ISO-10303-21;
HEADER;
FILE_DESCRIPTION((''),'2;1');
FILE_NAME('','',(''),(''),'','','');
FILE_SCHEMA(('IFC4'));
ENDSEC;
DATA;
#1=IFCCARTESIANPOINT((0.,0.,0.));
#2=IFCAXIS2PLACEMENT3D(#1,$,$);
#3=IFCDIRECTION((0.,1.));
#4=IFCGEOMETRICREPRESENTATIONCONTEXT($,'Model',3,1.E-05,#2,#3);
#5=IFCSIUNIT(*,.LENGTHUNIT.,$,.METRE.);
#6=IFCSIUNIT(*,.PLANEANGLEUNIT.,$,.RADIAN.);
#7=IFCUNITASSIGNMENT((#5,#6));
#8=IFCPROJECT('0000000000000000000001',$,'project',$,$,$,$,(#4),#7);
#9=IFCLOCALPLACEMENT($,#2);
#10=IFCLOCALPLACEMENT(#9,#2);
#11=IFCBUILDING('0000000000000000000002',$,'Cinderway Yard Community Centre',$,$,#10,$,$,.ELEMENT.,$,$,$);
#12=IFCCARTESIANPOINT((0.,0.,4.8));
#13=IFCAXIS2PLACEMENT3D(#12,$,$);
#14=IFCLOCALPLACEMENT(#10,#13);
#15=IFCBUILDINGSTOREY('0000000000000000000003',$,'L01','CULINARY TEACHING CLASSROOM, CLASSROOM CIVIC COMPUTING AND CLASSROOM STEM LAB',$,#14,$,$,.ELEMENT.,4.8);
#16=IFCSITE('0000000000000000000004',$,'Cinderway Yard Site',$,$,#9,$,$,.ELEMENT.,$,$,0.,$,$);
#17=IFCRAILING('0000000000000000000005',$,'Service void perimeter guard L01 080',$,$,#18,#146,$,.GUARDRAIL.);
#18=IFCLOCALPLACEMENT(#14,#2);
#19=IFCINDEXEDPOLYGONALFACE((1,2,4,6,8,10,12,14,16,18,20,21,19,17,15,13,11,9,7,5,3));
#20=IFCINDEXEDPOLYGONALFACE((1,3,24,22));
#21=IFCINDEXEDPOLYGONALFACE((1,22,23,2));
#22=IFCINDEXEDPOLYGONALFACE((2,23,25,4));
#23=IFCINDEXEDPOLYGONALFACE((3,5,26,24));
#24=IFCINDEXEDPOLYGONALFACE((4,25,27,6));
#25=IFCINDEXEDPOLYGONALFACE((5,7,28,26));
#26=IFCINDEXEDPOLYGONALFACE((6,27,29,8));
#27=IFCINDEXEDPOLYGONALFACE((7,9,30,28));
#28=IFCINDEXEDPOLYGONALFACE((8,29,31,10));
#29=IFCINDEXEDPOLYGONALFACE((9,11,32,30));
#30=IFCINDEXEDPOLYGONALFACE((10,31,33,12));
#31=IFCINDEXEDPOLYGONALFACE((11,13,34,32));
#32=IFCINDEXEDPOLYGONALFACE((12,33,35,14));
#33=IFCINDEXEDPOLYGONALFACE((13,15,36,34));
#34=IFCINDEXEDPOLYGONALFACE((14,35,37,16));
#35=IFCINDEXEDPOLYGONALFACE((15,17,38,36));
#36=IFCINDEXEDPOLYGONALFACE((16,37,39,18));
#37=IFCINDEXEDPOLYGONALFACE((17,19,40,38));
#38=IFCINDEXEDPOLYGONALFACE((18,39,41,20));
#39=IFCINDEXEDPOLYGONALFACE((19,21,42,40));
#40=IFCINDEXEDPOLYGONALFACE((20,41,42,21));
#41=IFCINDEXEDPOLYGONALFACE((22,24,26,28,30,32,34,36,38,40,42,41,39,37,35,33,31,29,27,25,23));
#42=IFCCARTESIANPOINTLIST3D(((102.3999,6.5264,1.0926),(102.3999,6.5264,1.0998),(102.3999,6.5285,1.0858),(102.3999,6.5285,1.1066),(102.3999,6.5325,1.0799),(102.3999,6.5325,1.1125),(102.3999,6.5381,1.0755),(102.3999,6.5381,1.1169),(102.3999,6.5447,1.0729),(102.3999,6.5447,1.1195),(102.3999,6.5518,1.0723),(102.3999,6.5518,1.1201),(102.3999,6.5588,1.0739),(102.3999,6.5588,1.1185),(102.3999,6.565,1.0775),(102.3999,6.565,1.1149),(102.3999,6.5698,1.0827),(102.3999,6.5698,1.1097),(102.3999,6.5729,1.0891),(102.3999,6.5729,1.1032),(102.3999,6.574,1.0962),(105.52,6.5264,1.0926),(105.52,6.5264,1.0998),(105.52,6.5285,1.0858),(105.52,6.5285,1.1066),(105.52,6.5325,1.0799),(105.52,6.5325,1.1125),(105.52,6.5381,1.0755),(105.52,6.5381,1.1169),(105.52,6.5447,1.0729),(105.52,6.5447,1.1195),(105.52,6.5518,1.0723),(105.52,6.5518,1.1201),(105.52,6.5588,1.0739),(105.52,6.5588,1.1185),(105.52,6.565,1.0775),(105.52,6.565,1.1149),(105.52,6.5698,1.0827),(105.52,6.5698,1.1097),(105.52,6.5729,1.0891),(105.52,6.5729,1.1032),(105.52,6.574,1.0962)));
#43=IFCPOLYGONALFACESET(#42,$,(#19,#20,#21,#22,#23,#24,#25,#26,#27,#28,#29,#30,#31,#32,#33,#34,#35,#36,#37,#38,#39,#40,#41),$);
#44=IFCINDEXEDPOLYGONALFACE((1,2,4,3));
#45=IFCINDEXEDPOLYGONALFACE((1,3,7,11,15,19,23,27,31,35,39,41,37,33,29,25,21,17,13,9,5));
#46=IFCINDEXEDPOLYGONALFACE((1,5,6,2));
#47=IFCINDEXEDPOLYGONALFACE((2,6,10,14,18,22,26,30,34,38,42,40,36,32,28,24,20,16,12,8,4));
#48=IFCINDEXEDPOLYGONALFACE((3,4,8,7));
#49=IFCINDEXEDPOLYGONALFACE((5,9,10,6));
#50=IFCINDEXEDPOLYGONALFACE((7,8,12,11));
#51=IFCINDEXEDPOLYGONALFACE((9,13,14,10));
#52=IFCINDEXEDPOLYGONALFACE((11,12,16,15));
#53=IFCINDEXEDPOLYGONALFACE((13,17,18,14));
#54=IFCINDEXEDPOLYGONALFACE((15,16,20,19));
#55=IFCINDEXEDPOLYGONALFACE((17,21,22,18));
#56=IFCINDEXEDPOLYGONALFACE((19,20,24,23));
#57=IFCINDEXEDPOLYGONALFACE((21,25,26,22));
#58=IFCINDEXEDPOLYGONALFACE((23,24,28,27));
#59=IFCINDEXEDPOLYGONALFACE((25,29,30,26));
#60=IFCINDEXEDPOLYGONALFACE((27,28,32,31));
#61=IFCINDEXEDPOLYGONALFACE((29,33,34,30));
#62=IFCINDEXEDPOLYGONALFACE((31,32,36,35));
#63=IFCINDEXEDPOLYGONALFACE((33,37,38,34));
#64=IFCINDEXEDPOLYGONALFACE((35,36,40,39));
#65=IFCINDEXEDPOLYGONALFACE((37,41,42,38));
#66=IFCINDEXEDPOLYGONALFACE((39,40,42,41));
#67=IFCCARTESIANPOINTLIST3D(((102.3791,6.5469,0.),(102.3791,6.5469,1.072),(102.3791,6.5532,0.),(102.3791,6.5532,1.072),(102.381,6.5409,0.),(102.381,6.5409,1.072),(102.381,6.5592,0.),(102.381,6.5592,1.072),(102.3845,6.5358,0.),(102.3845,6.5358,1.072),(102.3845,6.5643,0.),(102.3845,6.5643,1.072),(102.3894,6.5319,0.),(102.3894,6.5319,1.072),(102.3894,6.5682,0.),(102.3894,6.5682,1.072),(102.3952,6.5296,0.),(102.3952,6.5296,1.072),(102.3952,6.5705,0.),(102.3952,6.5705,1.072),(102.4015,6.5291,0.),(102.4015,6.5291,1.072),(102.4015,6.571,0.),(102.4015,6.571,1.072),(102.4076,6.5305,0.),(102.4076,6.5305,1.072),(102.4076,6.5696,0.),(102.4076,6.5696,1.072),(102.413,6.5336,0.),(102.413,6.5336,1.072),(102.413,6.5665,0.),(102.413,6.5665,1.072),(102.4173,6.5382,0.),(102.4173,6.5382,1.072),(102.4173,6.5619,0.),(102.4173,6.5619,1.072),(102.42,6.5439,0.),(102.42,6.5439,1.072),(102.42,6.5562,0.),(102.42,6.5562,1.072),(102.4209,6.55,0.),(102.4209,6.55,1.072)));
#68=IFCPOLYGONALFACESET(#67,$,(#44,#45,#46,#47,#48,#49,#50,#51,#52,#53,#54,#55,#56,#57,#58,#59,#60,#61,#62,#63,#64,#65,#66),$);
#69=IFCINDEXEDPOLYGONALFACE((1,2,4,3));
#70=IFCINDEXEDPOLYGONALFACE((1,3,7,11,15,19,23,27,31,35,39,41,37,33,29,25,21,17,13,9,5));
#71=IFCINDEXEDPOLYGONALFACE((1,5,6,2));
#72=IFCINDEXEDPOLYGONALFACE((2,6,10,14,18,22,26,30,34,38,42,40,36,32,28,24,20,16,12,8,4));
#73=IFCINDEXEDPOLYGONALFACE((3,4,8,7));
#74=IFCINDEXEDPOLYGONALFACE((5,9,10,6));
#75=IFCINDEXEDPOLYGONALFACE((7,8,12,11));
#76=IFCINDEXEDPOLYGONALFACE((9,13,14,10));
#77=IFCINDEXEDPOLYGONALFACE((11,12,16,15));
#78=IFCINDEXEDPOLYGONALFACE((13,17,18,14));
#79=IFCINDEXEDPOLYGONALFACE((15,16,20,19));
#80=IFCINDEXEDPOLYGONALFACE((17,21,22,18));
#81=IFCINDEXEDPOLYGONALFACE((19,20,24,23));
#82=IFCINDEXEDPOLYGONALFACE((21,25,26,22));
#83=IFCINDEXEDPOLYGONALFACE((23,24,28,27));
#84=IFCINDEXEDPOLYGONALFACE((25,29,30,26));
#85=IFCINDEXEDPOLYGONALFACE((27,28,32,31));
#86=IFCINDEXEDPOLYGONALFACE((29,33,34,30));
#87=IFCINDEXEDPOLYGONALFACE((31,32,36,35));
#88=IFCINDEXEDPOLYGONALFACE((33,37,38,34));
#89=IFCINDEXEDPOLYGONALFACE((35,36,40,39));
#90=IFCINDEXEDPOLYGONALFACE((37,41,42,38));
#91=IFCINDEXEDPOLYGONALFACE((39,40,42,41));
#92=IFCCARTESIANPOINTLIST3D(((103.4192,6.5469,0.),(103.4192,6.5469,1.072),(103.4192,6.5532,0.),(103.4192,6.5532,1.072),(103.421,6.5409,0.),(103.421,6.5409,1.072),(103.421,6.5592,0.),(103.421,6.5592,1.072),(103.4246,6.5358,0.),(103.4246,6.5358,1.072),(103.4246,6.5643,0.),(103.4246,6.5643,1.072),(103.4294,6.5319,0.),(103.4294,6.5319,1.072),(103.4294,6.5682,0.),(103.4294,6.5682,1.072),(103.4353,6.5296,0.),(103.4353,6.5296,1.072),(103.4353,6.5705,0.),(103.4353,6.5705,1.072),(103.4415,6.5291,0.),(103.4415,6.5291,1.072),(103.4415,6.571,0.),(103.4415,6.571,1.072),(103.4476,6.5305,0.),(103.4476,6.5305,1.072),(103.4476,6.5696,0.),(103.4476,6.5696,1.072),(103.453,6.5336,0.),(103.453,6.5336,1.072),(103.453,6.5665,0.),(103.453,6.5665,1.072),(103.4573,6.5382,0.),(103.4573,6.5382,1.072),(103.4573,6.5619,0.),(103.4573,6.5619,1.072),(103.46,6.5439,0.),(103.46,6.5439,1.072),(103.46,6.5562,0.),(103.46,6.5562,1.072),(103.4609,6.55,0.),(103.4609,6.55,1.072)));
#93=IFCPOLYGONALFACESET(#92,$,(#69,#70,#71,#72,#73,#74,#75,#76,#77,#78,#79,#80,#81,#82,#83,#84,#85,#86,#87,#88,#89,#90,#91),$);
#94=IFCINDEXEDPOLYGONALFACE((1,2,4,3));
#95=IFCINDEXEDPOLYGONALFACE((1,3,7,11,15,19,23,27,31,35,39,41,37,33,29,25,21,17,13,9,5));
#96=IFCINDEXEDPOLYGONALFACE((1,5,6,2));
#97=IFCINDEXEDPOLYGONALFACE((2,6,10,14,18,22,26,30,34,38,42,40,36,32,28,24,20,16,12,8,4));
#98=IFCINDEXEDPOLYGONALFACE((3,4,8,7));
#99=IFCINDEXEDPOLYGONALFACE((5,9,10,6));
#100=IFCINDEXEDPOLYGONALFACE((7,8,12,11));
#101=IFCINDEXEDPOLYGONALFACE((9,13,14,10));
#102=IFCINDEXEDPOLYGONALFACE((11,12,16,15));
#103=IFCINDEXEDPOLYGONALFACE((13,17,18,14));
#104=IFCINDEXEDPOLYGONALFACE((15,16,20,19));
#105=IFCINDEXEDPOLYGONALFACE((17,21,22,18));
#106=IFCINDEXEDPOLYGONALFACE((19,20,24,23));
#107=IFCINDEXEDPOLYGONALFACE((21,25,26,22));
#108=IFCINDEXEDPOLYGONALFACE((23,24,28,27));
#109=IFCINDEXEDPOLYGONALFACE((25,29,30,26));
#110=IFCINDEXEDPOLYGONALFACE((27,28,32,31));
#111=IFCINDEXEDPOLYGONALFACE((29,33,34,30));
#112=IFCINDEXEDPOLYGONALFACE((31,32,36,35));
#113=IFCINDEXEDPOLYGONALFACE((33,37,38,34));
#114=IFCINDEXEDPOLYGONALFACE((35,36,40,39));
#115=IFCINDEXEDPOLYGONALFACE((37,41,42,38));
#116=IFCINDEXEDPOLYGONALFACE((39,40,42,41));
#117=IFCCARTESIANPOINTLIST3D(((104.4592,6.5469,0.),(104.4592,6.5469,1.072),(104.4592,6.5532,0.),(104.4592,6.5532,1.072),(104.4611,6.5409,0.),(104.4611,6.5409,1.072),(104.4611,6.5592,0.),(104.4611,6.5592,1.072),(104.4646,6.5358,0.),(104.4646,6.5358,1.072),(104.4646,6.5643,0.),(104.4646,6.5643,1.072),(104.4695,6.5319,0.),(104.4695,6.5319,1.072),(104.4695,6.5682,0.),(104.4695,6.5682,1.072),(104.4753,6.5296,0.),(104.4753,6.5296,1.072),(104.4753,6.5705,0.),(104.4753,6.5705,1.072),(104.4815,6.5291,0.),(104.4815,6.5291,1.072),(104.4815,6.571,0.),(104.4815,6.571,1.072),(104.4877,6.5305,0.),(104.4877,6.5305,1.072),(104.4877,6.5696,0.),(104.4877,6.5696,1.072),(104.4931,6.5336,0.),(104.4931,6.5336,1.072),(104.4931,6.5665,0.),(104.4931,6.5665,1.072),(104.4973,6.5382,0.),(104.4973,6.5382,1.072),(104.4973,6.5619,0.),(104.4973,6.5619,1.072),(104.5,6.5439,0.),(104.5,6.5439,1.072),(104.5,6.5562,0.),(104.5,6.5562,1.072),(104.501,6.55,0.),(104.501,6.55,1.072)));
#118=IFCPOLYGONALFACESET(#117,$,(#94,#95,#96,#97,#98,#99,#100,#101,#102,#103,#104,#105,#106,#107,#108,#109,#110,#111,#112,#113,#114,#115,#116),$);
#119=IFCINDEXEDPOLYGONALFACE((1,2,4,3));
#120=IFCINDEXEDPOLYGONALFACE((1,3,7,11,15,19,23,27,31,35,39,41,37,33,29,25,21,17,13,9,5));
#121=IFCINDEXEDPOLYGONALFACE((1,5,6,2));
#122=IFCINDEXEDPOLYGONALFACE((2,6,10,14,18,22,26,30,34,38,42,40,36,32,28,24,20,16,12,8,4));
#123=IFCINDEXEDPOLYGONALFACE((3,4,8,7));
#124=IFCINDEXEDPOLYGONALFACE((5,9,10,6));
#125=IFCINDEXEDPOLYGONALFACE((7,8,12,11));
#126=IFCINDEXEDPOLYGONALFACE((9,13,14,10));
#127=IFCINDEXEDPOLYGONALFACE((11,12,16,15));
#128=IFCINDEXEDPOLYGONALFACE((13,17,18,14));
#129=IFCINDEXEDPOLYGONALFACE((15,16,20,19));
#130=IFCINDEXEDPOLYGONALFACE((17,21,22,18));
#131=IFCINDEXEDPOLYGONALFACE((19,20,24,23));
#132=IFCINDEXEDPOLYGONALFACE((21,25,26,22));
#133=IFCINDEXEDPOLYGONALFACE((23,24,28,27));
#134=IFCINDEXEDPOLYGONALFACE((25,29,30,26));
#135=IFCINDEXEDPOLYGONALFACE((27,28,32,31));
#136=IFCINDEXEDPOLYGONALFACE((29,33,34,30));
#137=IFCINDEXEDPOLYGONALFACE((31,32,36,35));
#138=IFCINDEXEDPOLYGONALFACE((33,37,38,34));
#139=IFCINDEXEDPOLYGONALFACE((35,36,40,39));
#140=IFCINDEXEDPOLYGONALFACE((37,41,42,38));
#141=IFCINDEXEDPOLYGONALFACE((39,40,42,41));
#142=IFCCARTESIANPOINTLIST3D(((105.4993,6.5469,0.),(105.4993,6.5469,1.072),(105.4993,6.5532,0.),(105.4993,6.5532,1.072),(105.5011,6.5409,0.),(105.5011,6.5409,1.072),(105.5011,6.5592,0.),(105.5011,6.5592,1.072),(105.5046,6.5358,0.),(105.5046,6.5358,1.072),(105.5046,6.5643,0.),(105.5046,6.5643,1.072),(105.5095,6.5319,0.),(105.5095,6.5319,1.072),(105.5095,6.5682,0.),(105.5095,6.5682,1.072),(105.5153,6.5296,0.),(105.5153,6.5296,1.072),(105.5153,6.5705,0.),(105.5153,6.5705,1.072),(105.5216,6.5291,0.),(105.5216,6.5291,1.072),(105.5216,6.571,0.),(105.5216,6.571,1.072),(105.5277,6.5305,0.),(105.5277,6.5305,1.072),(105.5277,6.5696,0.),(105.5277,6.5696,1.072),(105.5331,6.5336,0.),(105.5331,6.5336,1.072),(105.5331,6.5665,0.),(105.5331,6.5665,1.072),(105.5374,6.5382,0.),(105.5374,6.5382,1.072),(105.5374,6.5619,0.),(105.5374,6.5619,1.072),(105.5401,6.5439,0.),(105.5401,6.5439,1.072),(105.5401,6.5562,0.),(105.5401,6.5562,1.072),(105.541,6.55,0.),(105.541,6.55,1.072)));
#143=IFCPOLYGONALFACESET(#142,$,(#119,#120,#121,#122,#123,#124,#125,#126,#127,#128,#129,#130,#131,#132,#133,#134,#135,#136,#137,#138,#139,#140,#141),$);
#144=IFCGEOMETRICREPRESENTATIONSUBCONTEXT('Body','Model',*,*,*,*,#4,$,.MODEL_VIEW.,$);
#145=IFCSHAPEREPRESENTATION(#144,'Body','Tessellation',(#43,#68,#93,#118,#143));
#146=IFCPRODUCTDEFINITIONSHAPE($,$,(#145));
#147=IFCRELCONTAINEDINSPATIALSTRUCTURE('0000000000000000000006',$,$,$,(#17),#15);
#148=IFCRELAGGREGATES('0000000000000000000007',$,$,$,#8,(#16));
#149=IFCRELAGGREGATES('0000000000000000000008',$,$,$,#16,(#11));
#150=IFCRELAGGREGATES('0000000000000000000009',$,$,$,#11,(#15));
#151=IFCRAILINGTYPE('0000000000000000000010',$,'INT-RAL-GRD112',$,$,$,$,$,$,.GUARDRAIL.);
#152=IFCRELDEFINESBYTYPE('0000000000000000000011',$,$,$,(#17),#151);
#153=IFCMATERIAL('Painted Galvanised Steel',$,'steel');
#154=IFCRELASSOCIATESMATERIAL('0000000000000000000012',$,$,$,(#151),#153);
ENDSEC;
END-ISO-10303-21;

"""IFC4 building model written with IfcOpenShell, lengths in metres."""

from ifc_helpers import new_model, si_unit, direction, frame, origin, origin_2d, place, context, subcontext, project, spatial, circle, extrude, material, type_object, element, save


model = new_model("IFC4")

# Units and contexts
model_context = context("Model", 3, precision=1e-05, world=origin(), true_north=direction((0.0, 1.0)))
body_context = subcontext(model_context, "Body", "Model", "MODEL_VIEW")
ifc_project = project(units=[si_unit("LENGTHUNIT", "METRE"), si_unit("PLANEANGLEUNIT", "RADIAN")], contexts=[model_context])

# Site, building, storey
site_placement = place(None, origin())
site = spatial("IfcSite", under=ifc_project, at=site_placement, Name="Cinderway Yard Site", CompositionType="ELEMENT", RefElevation=0.0)
building_placement = place(site_placement, origin())
building = spatial("IfcBuilding", under=site, at=building_placement, Name="Cinderway Yard Community Centre", CompositionType="ELEMENT")
storey_placement = place(building_placement, frame((0.0, 0.0, 4.8)))
storey = spatial("IfcBuildingStorey", under=building, at=storey_placement, Name="L01", Description="CULINARY TEACHING CLASSROOM, CLASSROOM CIVIC COMPUTING AND CLASSROOM STEM LAB", CompositionType="ELEMENT", Elevation=4.8)

# Railing
ifc_material_1 = material(Name="Painted Galvanised Steel", Category="steel")
railing_type_1 = type_object("IfcRailingType", Name="INT-RAL-GRD112", PredefinedType="GUARDRAIL", material=ifc_material_1)
railing_1_placement = place(storey_placement, frame((102.3999, 6.55, 0.0)))
element("IfcRailing", 1, at=railing_1_placement, inside=storey, type_object=railing_type_1, Name="Service void perimeter guard L01 080", PredefinedType="GUARDRAIL", context=body_context, shape_type="SweptSolid", body=[
    extrude(circle(Radius=0.0239, at=origin_2d()), frame((0.0, 0.0, 1.0962), z_axis=(1.0, 0.0, 0.0), x_axis=(0.0, 1.0, 0.0)), (0.0, 0.0, 1.0), 3.1201),
    extrude(circle(Radius=0.021, at=origin_2d()), origin(), (0.0, 0.0, 1.0), 1.072),
    extrude(circle(Radius=0.021, at=origin_2d()), frame((1.04, 0.0, 0.0)), (0.0, 0.0, 1.0), 1.072),
    extrude(circle(Radius=0.021, at=origin_2d()), frame((2.0801, 0.0, 0.0)), (0.0, 0.0, 1.0), 1.072),
    extrude(circle(Radius=0.021, at=origin_2d()), frame((3.1201, 0.0, 0.0)), (0.0, 0.0, 1.0), 1.072),
])

save(model, "model.ifc")
